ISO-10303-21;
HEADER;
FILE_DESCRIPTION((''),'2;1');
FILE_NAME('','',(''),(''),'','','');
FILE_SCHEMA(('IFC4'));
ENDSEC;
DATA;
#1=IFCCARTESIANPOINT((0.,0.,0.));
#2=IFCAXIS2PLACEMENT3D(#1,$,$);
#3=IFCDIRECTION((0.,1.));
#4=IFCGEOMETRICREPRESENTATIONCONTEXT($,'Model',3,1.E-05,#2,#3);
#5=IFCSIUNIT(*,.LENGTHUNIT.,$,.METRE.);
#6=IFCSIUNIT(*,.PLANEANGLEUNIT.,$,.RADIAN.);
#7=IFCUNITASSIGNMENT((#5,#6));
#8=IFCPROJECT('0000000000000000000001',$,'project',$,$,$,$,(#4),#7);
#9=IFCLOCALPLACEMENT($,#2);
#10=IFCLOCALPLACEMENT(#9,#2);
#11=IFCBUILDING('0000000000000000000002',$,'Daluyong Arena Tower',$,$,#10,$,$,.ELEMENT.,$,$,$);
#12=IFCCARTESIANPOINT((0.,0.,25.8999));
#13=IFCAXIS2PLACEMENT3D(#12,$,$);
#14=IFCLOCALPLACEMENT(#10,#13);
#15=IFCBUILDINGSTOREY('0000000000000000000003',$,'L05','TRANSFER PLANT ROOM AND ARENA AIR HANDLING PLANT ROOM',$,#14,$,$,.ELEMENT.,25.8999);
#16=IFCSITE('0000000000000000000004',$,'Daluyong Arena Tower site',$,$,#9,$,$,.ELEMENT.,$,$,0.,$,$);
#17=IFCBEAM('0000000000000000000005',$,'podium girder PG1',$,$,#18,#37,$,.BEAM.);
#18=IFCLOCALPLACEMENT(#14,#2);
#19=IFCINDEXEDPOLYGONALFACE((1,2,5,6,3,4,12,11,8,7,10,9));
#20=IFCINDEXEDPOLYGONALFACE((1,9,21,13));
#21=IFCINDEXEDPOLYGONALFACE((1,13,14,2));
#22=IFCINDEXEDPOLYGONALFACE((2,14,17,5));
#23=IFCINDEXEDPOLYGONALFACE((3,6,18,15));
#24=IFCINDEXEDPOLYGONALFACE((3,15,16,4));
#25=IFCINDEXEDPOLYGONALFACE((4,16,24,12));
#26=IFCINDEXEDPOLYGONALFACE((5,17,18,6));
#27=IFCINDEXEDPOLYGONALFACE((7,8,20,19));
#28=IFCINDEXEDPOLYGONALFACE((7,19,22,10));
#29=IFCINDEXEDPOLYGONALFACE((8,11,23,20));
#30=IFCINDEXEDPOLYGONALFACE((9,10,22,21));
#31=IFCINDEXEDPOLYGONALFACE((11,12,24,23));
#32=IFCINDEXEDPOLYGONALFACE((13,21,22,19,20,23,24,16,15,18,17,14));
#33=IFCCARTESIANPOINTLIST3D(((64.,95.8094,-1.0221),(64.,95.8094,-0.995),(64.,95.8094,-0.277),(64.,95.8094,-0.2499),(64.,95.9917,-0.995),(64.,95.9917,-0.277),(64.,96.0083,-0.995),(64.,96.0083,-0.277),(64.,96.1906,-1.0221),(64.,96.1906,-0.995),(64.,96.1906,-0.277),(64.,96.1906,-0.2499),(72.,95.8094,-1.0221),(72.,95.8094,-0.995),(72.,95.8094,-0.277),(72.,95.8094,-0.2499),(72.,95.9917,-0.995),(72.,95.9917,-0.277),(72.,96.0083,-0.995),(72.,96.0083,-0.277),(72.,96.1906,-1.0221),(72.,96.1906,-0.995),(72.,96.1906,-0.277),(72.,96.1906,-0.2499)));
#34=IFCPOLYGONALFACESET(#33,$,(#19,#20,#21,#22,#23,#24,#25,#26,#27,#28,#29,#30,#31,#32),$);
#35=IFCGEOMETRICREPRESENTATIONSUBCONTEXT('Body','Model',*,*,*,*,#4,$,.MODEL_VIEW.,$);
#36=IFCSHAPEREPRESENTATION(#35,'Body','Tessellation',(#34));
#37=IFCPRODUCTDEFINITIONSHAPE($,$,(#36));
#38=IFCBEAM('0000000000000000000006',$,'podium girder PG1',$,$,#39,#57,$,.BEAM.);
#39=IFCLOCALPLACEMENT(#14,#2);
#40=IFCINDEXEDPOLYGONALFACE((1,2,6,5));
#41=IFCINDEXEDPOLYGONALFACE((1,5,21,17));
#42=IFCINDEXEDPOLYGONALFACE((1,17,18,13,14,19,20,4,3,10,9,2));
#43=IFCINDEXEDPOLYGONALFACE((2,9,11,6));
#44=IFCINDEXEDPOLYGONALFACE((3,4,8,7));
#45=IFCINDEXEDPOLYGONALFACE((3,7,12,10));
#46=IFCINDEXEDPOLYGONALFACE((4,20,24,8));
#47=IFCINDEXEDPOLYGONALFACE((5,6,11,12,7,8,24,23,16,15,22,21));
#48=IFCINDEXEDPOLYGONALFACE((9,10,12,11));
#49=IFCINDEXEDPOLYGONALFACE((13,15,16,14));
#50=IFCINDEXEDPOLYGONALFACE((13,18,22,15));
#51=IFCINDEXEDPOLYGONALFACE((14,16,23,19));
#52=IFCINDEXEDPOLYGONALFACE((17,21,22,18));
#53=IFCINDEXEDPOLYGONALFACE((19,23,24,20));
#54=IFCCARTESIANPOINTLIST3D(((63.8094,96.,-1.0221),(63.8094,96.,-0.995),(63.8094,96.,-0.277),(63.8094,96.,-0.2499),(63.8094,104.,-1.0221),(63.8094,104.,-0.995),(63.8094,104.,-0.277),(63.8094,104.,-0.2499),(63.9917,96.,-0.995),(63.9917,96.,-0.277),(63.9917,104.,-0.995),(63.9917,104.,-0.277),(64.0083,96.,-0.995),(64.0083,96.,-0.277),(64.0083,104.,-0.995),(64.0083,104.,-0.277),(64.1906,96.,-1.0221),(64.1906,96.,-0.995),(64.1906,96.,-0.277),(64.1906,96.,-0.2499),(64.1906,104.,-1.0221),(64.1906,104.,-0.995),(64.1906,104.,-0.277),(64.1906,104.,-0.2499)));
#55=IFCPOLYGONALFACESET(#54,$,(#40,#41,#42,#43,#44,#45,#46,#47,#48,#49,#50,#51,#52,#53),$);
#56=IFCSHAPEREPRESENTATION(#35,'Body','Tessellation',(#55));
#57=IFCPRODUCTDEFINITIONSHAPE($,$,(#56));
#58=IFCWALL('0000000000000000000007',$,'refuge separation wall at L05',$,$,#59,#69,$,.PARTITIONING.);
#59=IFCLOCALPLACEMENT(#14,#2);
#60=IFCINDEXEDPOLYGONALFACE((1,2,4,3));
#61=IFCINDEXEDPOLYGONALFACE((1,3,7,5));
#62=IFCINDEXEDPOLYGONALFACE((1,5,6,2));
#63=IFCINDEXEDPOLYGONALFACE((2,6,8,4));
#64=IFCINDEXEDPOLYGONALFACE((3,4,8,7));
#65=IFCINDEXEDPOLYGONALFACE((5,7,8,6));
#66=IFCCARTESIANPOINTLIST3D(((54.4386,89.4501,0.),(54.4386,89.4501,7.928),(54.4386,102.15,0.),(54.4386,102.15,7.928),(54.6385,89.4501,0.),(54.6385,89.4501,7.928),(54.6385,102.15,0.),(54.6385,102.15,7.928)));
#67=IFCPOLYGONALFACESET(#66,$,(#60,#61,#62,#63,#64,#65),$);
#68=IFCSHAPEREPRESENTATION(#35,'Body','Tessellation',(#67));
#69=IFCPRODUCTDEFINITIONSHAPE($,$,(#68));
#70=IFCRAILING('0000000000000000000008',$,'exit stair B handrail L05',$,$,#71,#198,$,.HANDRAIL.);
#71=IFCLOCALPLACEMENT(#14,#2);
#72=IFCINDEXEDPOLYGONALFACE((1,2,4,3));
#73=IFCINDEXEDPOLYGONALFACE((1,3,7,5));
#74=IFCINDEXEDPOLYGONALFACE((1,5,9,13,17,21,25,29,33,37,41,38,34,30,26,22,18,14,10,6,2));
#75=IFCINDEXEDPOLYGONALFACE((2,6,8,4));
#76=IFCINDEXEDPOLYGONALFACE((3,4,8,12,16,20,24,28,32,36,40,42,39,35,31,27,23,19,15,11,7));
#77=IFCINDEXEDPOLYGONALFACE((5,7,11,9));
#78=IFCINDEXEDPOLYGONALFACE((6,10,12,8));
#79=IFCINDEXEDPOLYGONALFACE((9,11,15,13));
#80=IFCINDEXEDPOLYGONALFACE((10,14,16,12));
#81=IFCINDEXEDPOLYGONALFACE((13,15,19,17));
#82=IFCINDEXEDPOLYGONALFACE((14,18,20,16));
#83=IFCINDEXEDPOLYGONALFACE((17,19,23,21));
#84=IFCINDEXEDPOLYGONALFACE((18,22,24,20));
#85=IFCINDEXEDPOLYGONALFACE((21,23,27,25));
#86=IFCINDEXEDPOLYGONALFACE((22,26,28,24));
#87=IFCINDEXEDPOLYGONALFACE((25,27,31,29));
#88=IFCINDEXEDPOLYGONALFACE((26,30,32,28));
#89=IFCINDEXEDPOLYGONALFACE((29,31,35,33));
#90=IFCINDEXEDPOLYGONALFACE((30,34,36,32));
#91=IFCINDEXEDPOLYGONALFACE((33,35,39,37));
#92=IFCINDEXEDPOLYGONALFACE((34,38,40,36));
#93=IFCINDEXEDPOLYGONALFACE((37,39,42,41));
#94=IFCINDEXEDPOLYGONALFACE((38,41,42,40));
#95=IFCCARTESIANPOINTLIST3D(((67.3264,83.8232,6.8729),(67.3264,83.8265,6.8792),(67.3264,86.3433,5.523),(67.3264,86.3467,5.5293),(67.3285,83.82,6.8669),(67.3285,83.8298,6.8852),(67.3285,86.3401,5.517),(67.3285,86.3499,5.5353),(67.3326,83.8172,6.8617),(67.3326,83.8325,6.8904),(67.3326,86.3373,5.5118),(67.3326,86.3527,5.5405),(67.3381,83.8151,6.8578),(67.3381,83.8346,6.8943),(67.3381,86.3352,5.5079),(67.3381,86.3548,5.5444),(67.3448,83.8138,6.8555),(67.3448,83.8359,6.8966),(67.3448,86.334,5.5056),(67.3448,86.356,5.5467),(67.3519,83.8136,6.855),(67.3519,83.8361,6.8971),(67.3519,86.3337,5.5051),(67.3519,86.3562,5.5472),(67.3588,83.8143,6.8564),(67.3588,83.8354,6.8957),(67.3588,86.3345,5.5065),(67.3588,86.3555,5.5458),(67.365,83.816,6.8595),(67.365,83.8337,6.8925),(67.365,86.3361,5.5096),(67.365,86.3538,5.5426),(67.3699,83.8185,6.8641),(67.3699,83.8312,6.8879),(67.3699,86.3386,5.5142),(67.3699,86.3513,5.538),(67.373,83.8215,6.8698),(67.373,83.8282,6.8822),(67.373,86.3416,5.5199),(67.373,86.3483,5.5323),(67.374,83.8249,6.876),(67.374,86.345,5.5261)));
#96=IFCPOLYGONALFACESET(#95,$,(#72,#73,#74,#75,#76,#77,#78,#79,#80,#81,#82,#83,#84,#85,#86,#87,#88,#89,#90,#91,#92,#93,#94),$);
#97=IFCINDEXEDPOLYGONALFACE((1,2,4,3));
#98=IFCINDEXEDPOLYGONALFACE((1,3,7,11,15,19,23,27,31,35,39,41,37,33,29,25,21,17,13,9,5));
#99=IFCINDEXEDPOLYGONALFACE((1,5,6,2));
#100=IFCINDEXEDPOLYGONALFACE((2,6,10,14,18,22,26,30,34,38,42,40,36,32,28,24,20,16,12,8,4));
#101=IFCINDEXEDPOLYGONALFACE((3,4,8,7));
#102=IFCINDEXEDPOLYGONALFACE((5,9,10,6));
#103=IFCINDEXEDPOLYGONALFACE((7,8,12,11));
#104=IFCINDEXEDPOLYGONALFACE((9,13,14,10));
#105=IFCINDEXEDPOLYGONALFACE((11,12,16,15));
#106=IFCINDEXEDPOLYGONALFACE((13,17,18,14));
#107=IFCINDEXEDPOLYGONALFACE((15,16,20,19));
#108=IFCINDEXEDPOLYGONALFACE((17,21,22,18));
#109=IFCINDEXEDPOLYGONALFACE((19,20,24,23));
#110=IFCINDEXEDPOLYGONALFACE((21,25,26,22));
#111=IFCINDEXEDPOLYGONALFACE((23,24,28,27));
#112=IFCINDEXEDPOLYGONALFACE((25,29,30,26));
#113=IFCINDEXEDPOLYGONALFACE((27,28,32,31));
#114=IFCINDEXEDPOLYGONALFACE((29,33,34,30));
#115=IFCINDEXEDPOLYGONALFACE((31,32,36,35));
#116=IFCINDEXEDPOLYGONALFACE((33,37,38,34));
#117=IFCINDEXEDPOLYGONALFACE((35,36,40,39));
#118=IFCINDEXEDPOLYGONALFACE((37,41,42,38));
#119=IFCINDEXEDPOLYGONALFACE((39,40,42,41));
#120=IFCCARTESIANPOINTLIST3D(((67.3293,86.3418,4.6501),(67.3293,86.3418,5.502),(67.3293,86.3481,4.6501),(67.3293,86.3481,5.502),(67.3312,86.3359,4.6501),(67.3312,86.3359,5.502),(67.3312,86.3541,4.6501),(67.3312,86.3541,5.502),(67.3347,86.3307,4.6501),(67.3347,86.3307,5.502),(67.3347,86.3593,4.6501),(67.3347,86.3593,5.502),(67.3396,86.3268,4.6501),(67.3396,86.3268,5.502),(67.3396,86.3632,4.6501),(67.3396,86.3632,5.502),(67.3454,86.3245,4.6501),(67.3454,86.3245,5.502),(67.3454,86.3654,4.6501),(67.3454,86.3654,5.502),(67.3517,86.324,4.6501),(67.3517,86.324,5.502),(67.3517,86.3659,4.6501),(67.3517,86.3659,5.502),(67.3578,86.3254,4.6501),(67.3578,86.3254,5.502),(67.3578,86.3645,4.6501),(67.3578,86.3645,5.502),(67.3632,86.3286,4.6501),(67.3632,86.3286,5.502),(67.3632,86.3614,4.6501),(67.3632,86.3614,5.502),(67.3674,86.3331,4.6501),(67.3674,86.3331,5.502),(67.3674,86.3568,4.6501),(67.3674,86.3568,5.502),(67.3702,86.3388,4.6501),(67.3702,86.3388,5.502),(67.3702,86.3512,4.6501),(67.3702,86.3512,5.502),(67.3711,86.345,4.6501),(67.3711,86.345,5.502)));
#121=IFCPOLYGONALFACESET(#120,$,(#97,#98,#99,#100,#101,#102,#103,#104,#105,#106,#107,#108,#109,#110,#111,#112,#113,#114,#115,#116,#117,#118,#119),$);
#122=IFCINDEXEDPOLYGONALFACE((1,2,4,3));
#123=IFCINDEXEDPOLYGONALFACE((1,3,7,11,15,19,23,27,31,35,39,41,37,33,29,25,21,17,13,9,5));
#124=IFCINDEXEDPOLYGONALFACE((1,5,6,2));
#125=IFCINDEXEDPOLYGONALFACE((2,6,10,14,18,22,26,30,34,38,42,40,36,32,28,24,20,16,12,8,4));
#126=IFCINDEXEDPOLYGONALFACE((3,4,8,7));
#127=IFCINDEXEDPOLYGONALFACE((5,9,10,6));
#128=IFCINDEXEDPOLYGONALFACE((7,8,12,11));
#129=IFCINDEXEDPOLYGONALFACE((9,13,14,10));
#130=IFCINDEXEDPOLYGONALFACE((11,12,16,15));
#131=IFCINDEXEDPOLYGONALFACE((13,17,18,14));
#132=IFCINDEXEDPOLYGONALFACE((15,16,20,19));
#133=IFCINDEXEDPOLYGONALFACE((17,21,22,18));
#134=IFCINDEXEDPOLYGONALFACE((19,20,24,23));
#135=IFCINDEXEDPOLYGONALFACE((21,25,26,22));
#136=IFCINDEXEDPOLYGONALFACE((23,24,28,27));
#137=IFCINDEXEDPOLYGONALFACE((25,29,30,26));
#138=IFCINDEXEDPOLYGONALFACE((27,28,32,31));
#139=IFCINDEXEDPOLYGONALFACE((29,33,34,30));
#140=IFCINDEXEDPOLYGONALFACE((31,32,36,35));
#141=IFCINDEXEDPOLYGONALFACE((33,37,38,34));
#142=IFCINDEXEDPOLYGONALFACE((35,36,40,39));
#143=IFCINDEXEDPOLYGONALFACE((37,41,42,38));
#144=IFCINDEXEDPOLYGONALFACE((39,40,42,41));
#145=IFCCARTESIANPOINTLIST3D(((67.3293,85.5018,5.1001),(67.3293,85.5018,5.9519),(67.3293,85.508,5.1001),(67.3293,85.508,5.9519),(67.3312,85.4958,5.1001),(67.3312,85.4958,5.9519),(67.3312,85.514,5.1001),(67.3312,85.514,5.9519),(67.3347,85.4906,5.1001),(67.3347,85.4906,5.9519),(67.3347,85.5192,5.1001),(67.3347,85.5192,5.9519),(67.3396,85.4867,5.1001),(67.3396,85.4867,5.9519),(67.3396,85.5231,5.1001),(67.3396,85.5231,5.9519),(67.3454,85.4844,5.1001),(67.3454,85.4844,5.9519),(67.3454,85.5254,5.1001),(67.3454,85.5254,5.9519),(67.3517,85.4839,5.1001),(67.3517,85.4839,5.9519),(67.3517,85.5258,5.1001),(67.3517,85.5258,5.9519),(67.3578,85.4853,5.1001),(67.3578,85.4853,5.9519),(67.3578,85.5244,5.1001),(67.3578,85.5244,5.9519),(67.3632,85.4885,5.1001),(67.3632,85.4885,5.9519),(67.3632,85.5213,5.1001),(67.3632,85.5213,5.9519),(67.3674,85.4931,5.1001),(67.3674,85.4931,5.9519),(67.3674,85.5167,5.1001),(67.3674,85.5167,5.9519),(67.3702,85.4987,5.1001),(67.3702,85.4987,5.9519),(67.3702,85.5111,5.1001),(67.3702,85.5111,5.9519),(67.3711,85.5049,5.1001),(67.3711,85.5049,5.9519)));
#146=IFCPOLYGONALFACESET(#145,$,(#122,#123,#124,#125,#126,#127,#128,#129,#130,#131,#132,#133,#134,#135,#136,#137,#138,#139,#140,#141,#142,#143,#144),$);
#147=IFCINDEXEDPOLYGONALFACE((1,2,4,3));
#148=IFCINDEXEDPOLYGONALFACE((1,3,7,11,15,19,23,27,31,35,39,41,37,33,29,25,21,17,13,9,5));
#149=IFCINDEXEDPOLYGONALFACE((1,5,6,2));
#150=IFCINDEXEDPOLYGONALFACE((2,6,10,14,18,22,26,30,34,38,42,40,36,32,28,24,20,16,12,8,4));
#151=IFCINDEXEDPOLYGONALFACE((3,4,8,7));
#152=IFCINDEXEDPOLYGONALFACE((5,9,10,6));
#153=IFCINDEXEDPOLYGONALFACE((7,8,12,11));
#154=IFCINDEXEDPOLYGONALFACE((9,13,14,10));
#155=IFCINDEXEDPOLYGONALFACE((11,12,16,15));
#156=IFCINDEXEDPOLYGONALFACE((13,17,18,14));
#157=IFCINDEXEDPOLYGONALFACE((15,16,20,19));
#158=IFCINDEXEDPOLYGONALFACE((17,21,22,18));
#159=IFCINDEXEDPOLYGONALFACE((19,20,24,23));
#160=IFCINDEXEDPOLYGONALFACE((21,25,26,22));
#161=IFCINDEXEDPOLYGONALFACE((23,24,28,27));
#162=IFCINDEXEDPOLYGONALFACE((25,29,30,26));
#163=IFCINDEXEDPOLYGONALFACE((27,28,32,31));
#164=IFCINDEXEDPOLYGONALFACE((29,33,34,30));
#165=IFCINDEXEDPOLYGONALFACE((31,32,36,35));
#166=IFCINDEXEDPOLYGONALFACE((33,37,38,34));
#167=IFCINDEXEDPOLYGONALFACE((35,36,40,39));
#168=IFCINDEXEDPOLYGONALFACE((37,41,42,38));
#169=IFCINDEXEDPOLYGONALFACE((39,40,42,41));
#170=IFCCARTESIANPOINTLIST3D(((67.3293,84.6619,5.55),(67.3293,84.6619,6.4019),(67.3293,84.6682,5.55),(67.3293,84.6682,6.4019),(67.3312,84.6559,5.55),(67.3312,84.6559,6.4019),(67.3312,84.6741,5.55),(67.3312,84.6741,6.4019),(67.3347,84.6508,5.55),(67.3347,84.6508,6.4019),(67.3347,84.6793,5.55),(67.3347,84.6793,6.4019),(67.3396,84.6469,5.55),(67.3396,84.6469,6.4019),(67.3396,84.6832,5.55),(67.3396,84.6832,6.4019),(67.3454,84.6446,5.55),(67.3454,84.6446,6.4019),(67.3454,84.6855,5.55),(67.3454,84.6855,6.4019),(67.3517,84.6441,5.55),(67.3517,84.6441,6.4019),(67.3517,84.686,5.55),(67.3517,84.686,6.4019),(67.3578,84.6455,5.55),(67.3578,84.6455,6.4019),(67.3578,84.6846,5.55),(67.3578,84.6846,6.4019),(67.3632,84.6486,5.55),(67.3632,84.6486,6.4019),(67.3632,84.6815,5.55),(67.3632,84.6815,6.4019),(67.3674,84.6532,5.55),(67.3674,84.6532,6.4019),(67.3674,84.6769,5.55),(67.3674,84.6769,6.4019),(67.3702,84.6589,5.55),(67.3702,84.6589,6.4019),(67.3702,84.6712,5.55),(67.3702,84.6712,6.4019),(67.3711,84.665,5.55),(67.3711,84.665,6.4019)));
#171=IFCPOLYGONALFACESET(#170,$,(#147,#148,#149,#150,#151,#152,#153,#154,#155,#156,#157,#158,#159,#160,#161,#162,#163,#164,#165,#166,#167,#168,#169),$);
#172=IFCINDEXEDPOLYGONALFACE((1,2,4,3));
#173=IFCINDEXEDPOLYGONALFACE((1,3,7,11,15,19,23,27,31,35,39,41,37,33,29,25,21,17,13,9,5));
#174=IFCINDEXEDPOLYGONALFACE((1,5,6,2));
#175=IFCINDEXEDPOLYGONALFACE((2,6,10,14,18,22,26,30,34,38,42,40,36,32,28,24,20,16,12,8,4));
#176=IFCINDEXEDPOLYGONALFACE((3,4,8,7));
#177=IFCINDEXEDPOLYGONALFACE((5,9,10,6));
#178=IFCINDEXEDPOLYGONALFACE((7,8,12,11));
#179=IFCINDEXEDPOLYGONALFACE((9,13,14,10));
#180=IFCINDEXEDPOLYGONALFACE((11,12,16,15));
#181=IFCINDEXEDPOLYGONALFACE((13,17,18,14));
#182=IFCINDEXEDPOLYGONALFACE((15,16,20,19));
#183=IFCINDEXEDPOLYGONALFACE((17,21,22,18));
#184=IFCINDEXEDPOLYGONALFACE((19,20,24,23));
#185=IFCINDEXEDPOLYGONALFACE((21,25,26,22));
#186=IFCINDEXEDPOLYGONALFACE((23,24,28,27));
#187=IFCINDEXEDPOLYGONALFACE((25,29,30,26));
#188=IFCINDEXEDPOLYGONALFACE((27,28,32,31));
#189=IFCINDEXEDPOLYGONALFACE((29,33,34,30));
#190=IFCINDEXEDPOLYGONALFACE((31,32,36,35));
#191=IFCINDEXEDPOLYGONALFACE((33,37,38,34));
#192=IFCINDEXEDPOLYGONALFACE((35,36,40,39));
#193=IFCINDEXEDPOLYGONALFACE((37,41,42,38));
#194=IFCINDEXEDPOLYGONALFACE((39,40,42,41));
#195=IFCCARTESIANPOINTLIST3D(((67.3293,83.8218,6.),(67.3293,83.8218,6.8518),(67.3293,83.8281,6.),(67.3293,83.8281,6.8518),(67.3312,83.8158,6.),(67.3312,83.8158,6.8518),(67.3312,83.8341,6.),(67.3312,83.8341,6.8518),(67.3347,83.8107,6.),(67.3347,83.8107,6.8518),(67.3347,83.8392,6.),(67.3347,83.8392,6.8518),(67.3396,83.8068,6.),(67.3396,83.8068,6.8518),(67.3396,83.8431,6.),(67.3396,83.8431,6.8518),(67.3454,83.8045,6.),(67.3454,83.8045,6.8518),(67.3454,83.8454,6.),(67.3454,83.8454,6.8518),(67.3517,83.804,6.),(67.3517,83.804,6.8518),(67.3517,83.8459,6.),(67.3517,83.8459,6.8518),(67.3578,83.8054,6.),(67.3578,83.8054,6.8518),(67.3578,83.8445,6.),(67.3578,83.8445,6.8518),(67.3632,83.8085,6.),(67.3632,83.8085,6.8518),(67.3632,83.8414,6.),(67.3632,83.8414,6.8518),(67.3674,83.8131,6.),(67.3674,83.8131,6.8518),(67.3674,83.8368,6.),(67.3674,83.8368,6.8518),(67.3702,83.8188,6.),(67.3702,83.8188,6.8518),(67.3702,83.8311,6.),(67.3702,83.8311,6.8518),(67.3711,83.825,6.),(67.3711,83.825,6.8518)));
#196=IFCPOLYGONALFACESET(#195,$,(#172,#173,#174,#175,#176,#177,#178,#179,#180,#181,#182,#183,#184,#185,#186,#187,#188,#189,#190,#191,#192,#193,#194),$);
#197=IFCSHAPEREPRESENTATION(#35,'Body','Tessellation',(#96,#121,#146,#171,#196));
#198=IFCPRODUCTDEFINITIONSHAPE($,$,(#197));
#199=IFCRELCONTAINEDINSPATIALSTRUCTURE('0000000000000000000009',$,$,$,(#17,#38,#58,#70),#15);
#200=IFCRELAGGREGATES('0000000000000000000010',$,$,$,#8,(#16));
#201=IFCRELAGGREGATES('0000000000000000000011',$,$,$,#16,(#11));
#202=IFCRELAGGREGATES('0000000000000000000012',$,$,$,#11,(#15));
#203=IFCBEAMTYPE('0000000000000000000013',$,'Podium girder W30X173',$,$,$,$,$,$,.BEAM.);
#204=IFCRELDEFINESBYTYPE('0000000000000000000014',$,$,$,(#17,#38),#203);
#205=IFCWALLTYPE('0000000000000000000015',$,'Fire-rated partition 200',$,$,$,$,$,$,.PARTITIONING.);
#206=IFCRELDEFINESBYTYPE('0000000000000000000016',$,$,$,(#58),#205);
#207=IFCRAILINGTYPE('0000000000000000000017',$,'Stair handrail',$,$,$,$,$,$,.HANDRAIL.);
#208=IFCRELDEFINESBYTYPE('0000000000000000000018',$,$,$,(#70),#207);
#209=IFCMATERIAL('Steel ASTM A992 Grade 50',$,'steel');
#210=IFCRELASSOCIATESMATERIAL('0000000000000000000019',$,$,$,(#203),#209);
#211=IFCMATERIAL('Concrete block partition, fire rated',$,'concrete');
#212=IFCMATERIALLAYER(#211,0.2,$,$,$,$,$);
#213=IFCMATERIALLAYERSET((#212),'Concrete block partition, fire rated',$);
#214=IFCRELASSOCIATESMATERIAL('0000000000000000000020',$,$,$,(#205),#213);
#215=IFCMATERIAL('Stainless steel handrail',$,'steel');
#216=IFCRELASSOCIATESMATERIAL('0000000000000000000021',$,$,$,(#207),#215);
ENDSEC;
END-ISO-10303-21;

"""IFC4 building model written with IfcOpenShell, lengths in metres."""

from ifc_helpers import new_model, si_unit, direction, frame, frame_2d, origin, origin_2d, place, context, subcontext, project, spatial, rectangle, circle, i_section, extrude, material, layer, layer_set, material_profile, profile_set, type_object, element, save


model = new_model("IFC4")

# Units and contexts
model_context = context("Model", 3, precision=1e-05, world=origin(), true_north=direction((0.0, 1.0)))
body_context = subcontext(model_context, "Body", "Model", "MODEL_VIEW")
ifc_project = project(units=[si_unit("LENGTHUNIT", "METRE"), si_unit("PLANEANGLEUNIT", "RADIAN")], contexts=[model_context])

# Site, building, storey
site_placement = place(None, origin())
site = spatial("IfcSite", under=ifc_project, at=site_placement, Name="Daluyong Arena Tower site", CompositionType="ELEMENT", RefElevation=0.0)
building_placement = place(site_placement, origin())
building = spatial("IfcBuilding", under=site, at=building_placement, Name="Daluyong Arena Tower", CompositionType="ELEMENT")
storey_placement = place(building_placement, frame((0.0, 0.0, 25.8999)))
storey = spatial("IfcBuildingStorey", under=building, at=storey_placement, Name="L05", Description="TRANSFER PLANT ROOM AND ARENA AIR HANDLING PLANT ROOM", CompositionType="ELEMENT", Elevation=25.8999)

# Beams
ifc_material_1 = material(Name="Steel ASTM A992 Grade 50", Category="steel")
ifc_material_profile_1 = material_profile(ifc_material_1, i_section(OverallWidth=0.3811, OverallDepth=0.7722, WebThickness=0.0166, FlangeThickness=0.0271, at=origin_2d()))
ifc_profile_set_1 = profile_set([ifc_material_profile_1], Name="Steel ASTM A992 Grade 50")
beam_type_1 = type_object("IfcBeamType", Name="Podium girder W30X173", PredefinedType="BEAM", material=ifc_profile_set_1)
for number, where, z_axis, x_axis, name in (
    (1, (64.0, 96.0, -0.636), (1.0, 0.0, 0.0), (0.0, 1.0, 0.0), "podium girder PG1"),
    (2, (64.0, 96.0, -0.636), (0.0, 1.0, 0.0), (-1.0, 0.0, 0.0), "podium girder PG1"),
):
    element("IfcBeam", number, at=place(storey_placement, frame(where, z_axis=z_axis, x_axis=x_axis)), inside=storey, type_object=beam_type_1, Name=name, PredefinedType="BEAM", context=body_context, shape_type="SweptSolid", body=[
        extrude(i_section(OverallWidth=0.3811, OverallDepth=0.7722, WebThickness=0.0166, FlangeThickness=0.0271, at=origin_2d()), origin(), (0.0, 0.0, 1.0), 8.0),
    ])

# Wall
ifc_material_2 = material(Name="Concrete block partition, fire rated", Category="concrete")
ifc_layer = layer(ifc_material_2, 0.2)
ifc_layer_set = layer_set([ifc_layer], Name="Concrete block partition, fire rated")
wall_type = type_object("IfcWallType", Name="Fire-rated partition 200", PredefinedType="PARTITIONING", material=ifc_layer_set)
wall_placement = place(storey_placement, frame((54.5386, 89.45, 0.0), z_axis=(0.0, 0.0, 1.0), x_axis=(0.0, 1.0, 0.0)))
element("IfcWall", 3, at=wall_placement, inside=storey, type_object=wall_type, Name="refuge separation wall at L05", PredefinedType="PARTITIONING", context=body_context, shape_type="SweptSolid", body=[
    extrude(rectangle(XDim=12.7, YDim=0.2, at=frame_2d((6.3501, 0.0))), origin(), (0.0, 0.0, 1.0), 7.928),
])

# Railing
ifc_material_3 = material(Name="Stainless steel handrail", Category="steel")
railing_type_1 = type_object("IfcRailingType", Name="Stair handrail", PredefinedType="HANDRAIL", material=ifc_material_3)
for number, where, name in (
    (4, (67.3501, 86.345, 4.6501), "exit stair B handrail L05"),
):
    element("IfcRailing", number, at=place(storey_placement, frame(where)), inside=storey, type_object=railing_type_1, Name=name, PredefinedType="HANDRAIL", context=body_context, shape_type="SweptSolid", body=[
        extrude(circle(Radius=0.0239, at=origin_2d()), frame((0.0, 0.0, 0.876), z_axis=(0.0, -0.881503, 0.472179), x_axis=(1.0, 0.0, 0.0)), (0.0, 0.0, 1.0), 2.8589),
        extrude(circle(Radius=0.021, at=origin_2d()), origin(), (0.0, 0.0, 1.0), 0.8518),
        extrude(circle(Radius=0.021, at=origin_2d()), frame((0.0, -0.8401, 0.45)), (0.0, 0.0, 1.0), 0.8518),
        extrude(circle(Radius=0.021, at=origin_2d()), frame((0.0, -1.6799, 0.8999)), (0.0, 0.0, 1.0), 0.8518),
        extrude(circle(Radius=0.021, at=origin_2d()), frame((0.0, -2.52, 1.3499)), (0.0, 0.0, 1.0), 0.8518),
    ])

save(model, "model.ifc")
